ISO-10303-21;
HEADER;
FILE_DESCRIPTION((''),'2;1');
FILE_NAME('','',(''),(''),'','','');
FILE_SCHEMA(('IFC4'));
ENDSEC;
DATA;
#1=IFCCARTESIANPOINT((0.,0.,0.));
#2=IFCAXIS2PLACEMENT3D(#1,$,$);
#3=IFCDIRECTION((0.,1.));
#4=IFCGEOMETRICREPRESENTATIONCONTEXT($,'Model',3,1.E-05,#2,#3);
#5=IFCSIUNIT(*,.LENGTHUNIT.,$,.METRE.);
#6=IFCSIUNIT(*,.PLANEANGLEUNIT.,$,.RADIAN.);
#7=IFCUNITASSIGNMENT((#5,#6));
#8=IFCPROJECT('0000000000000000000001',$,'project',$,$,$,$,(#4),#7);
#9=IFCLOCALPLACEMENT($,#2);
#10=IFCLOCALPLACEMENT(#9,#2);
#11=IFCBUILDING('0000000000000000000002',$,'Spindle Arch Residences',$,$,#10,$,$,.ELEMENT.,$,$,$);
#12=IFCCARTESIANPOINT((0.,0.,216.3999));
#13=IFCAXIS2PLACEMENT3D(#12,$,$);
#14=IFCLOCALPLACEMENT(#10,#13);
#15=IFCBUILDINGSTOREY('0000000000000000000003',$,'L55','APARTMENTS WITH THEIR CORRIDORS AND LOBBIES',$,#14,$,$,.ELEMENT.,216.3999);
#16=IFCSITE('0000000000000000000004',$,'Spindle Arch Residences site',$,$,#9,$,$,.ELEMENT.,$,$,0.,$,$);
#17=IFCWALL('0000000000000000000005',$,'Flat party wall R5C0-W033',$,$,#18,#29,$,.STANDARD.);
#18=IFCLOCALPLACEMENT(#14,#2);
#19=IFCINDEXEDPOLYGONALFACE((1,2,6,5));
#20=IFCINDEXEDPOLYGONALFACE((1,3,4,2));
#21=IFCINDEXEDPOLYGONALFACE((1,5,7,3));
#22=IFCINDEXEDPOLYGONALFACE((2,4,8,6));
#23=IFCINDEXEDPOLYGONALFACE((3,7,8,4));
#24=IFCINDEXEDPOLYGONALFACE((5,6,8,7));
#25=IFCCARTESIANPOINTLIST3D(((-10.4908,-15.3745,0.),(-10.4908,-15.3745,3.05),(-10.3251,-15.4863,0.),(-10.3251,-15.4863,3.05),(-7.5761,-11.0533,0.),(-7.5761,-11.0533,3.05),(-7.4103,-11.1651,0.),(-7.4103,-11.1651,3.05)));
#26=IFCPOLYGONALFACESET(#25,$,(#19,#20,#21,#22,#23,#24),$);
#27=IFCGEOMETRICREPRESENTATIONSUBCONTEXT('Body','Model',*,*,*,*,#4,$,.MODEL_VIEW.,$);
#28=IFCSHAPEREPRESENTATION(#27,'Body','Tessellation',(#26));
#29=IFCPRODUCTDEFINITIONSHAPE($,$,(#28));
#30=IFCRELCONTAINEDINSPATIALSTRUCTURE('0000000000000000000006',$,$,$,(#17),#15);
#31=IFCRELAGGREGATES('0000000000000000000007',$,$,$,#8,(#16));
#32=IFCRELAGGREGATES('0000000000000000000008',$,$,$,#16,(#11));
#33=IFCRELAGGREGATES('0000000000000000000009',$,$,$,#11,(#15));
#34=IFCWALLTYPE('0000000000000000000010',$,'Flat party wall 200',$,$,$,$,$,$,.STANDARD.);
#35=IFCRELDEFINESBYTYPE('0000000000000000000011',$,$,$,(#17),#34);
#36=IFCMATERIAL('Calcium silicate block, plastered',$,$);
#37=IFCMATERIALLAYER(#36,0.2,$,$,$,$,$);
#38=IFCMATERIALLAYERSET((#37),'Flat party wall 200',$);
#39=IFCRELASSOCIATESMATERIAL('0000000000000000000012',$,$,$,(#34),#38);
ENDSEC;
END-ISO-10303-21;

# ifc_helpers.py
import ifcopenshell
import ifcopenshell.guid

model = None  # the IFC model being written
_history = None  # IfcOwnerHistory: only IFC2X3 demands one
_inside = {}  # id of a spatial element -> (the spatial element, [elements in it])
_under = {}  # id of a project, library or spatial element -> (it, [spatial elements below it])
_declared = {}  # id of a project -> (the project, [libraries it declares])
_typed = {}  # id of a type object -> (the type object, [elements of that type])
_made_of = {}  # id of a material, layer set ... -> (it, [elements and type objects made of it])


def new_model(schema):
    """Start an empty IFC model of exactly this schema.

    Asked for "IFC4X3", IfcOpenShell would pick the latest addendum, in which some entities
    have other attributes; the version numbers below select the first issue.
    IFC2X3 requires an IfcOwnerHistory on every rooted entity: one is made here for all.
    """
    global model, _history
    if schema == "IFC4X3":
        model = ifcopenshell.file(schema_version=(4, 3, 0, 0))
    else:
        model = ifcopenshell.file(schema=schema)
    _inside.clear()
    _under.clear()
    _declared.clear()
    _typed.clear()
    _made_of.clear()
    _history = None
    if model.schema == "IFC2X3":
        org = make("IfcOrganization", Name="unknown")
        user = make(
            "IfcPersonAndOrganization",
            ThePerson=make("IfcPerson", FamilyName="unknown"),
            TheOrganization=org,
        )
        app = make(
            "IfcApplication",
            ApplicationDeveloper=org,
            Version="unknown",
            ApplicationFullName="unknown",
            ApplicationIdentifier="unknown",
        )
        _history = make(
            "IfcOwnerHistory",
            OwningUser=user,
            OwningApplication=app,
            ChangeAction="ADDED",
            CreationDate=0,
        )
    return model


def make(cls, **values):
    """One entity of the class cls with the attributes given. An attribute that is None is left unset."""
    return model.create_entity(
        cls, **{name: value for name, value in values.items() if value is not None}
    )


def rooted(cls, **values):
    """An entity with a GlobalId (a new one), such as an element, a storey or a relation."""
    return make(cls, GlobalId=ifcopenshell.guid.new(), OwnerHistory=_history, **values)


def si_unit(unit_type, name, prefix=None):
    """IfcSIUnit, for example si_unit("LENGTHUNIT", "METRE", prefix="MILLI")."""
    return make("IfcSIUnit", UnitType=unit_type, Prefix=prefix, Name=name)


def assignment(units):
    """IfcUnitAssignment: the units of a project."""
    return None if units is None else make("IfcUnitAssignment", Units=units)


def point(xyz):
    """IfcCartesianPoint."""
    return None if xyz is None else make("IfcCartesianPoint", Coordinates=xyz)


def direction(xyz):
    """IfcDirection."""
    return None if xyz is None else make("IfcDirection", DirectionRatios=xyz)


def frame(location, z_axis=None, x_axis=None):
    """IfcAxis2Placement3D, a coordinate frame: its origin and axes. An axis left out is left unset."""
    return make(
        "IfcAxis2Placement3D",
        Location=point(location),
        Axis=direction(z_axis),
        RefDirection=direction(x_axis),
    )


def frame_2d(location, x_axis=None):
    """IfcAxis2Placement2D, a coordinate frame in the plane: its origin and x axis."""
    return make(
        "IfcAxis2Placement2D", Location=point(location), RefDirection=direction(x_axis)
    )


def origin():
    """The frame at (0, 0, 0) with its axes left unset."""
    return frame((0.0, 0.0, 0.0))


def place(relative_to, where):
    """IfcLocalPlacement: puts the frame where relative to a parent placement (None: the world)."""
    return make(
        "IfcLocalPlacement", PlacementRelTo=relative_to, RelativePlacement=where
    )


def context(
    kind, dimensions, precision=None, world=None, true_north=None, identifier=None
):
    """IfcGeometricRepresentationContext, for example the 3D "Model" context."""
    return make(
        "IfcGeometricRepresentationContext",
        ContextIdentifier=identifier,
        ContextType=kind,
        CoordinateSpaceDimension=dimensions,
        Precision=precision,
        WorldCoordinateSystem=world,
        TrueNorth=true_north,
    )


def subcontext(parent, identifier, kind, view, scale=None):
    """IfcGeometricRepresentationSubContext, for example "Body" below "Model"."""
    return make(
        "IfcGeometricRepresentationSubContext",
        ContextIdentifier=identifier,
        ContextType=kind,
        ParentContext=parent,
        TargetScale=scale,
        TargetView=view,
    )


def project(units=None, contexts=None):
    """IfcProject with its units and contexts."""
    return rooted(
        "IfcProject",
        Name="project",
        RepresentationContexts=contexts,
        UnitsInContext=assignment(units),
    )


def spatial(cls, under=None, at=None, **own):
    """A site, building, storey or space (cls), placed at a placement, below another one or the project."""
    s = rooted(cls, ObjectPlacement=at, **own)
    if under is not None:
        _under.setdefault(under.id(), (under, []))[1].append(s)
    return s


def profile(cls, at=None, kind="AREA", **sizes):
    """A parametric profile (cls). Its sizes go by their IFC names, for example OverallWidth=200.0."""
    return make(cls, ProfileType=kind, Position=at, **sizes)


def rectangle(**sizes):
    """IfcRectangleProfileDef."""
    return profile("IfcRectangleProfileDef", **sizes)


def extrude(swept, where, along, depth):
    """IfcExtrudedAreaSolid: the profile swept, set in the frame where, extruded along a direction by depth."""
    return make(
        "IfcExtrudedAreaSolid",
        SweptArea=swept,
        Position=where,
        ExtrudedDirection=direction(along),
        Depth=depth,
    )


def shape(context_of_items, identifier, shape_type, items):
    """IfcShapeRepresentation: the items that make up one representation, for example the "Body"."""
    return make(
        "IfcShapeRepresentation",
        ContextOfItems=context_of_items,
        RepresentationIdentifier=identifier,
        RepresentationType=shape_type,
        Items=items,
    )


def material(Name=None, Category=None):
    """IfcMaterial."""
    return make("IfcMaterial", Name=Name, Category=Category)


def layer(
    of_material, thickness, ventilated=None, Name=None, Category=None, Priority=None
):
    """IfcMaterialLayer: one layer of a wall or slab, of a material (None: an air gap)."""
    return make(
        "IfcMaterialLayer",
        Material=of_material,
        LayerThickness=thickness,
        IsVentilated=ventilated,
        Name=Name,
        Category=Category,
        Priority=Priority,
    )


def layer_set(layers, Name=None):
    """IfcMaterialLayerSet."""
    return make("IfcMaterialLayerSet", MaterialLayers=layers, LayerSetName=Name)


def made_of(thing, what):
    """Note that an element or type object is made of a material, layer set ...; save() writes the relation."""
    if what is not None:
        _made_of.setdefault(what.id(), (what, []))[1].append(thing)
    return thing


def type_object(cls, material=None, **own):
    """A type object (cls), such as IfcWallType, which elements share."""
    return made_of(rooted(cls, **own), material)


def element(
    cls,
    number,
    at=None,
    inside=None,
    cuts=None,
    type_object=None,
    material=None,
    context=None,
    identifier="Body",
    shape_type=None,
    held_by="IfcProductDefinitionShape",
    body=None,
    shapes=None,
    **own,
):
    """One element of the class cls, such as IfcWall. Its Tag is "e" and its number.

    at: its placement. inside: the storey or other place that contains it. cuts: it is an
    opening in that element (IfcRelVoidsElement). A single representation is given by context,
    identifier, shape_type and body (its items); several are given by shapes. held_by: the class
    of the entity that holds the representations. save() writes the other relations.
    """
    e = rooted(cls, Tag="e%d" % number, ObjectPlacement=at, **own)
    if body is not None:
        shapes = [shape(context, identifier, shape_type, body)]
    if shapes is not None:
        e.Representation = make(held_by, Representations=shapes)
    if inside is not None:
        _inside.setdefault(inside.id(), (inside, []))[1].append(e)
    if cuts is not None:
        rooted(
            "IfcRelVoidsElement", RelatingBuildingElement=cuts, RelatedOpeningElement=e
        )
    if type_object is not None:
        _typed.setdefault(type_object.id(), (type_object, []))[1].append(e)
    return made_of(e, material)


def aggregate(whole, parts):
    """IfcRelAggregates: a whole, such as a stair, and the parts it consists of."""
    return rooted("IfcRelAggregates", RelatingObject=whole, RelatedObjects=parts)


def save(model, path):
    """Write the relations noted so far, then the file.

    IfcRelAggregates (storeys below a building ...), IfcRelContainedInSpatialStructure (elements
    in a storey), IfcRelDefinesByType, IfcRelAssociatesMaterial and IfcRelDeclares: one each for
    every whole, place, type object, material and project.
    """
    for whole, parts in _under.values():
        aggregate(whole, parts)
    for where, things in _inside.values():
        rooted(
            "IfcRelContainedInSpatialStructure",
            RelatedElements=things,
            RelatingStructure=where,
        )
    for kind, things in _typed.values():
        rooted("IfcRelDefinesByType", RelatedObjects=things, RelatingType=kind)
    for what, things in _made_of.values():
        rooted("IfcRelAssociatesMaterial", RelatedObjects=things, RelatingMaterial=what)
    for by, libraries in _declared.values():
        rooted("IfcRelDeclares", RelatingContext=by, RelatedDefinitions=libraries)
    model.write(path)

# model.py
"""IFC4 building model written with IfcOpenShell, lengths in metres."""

from ifc_helpers import new_model, si_unit, direction, frame, frame_2d, origin, place, context, subcontext, project, spatial, rectangle, extrude, material, layer, layer_set, type_object, element, save


model = new_model("IFC4")

# Units and contexts
model_context = context("Model", 3, precision=1e-05, world=origin(), true_north=direction((0.0, 1.0)))
body_context = subcontext(model_context, "Body", "Model", "MODEL_VIEW")
ifc_project = project(units=[si_unit("LENGTHUNIT", "METRE"), si_unit("PLANEANGLEUNIT", "RADIAN")], contexts=[model_context])

# Site, building, storey
site_placement = place(None, origin())
site = spatial("IfcSite", under=ifc_project, at=site_placement, Name="Spindle Arch Residences site", CompositionType="ELEMENT", RefElevation=0.0)
building_placement = place(site_placement, origin())
building = spatial("IfcBuilding", under=site, at=building_placement, Name="Spindle Arch Residences", CompositionType="ELEMENT")
storey_placement = place(building_placement, frame((0.0, 0.0, 216.3999)))
storey = spatial("IfcBuildingStorey", under=building, at=storey_placement, Name="L55", Description="APARTMENTS WITH THEIR CORRIDORS AND LOBBIES", CompositionType="ELEMENT", Elevation=216.3999)

# Wall
ifc_material_1 = material(Name="Calcium silicate block, plastered")
ifc_layer_1 = layer(ifc_material_1, 0.2)
ifc_layer_set_1 = layer_set([ifc_layer_1], Name="Flat party wall 200")
wall_type_1 = type_object("IfcWallType", Name="Flat party wall 200", PredefinedType="STANDARD", material=ifc_layer_set_1)
wall_1_placement = place(storey_placement, frame((-10.408, -15.4304, 0.0), z_axis=(0.0, 0.0, 1.0), x_axis=(0.559199, 0.829033, 0.0)))
element("IfcWall", 1, at=wall_1_placement, inside=storey, type_object=wall_type_1, Name="Flat party wall R5C0-W033", PredefinedType="STANDARD", context=body_context, shape_type="SweptSolid", body=[
    extrude(rectangle(XDim=5.2124, YDim=0.2, at=frame_2d((2.6062, 0.0))), origin(), (0.0, 0.0, 1.0), 3.05),
])

save(model, "model.ifc")
